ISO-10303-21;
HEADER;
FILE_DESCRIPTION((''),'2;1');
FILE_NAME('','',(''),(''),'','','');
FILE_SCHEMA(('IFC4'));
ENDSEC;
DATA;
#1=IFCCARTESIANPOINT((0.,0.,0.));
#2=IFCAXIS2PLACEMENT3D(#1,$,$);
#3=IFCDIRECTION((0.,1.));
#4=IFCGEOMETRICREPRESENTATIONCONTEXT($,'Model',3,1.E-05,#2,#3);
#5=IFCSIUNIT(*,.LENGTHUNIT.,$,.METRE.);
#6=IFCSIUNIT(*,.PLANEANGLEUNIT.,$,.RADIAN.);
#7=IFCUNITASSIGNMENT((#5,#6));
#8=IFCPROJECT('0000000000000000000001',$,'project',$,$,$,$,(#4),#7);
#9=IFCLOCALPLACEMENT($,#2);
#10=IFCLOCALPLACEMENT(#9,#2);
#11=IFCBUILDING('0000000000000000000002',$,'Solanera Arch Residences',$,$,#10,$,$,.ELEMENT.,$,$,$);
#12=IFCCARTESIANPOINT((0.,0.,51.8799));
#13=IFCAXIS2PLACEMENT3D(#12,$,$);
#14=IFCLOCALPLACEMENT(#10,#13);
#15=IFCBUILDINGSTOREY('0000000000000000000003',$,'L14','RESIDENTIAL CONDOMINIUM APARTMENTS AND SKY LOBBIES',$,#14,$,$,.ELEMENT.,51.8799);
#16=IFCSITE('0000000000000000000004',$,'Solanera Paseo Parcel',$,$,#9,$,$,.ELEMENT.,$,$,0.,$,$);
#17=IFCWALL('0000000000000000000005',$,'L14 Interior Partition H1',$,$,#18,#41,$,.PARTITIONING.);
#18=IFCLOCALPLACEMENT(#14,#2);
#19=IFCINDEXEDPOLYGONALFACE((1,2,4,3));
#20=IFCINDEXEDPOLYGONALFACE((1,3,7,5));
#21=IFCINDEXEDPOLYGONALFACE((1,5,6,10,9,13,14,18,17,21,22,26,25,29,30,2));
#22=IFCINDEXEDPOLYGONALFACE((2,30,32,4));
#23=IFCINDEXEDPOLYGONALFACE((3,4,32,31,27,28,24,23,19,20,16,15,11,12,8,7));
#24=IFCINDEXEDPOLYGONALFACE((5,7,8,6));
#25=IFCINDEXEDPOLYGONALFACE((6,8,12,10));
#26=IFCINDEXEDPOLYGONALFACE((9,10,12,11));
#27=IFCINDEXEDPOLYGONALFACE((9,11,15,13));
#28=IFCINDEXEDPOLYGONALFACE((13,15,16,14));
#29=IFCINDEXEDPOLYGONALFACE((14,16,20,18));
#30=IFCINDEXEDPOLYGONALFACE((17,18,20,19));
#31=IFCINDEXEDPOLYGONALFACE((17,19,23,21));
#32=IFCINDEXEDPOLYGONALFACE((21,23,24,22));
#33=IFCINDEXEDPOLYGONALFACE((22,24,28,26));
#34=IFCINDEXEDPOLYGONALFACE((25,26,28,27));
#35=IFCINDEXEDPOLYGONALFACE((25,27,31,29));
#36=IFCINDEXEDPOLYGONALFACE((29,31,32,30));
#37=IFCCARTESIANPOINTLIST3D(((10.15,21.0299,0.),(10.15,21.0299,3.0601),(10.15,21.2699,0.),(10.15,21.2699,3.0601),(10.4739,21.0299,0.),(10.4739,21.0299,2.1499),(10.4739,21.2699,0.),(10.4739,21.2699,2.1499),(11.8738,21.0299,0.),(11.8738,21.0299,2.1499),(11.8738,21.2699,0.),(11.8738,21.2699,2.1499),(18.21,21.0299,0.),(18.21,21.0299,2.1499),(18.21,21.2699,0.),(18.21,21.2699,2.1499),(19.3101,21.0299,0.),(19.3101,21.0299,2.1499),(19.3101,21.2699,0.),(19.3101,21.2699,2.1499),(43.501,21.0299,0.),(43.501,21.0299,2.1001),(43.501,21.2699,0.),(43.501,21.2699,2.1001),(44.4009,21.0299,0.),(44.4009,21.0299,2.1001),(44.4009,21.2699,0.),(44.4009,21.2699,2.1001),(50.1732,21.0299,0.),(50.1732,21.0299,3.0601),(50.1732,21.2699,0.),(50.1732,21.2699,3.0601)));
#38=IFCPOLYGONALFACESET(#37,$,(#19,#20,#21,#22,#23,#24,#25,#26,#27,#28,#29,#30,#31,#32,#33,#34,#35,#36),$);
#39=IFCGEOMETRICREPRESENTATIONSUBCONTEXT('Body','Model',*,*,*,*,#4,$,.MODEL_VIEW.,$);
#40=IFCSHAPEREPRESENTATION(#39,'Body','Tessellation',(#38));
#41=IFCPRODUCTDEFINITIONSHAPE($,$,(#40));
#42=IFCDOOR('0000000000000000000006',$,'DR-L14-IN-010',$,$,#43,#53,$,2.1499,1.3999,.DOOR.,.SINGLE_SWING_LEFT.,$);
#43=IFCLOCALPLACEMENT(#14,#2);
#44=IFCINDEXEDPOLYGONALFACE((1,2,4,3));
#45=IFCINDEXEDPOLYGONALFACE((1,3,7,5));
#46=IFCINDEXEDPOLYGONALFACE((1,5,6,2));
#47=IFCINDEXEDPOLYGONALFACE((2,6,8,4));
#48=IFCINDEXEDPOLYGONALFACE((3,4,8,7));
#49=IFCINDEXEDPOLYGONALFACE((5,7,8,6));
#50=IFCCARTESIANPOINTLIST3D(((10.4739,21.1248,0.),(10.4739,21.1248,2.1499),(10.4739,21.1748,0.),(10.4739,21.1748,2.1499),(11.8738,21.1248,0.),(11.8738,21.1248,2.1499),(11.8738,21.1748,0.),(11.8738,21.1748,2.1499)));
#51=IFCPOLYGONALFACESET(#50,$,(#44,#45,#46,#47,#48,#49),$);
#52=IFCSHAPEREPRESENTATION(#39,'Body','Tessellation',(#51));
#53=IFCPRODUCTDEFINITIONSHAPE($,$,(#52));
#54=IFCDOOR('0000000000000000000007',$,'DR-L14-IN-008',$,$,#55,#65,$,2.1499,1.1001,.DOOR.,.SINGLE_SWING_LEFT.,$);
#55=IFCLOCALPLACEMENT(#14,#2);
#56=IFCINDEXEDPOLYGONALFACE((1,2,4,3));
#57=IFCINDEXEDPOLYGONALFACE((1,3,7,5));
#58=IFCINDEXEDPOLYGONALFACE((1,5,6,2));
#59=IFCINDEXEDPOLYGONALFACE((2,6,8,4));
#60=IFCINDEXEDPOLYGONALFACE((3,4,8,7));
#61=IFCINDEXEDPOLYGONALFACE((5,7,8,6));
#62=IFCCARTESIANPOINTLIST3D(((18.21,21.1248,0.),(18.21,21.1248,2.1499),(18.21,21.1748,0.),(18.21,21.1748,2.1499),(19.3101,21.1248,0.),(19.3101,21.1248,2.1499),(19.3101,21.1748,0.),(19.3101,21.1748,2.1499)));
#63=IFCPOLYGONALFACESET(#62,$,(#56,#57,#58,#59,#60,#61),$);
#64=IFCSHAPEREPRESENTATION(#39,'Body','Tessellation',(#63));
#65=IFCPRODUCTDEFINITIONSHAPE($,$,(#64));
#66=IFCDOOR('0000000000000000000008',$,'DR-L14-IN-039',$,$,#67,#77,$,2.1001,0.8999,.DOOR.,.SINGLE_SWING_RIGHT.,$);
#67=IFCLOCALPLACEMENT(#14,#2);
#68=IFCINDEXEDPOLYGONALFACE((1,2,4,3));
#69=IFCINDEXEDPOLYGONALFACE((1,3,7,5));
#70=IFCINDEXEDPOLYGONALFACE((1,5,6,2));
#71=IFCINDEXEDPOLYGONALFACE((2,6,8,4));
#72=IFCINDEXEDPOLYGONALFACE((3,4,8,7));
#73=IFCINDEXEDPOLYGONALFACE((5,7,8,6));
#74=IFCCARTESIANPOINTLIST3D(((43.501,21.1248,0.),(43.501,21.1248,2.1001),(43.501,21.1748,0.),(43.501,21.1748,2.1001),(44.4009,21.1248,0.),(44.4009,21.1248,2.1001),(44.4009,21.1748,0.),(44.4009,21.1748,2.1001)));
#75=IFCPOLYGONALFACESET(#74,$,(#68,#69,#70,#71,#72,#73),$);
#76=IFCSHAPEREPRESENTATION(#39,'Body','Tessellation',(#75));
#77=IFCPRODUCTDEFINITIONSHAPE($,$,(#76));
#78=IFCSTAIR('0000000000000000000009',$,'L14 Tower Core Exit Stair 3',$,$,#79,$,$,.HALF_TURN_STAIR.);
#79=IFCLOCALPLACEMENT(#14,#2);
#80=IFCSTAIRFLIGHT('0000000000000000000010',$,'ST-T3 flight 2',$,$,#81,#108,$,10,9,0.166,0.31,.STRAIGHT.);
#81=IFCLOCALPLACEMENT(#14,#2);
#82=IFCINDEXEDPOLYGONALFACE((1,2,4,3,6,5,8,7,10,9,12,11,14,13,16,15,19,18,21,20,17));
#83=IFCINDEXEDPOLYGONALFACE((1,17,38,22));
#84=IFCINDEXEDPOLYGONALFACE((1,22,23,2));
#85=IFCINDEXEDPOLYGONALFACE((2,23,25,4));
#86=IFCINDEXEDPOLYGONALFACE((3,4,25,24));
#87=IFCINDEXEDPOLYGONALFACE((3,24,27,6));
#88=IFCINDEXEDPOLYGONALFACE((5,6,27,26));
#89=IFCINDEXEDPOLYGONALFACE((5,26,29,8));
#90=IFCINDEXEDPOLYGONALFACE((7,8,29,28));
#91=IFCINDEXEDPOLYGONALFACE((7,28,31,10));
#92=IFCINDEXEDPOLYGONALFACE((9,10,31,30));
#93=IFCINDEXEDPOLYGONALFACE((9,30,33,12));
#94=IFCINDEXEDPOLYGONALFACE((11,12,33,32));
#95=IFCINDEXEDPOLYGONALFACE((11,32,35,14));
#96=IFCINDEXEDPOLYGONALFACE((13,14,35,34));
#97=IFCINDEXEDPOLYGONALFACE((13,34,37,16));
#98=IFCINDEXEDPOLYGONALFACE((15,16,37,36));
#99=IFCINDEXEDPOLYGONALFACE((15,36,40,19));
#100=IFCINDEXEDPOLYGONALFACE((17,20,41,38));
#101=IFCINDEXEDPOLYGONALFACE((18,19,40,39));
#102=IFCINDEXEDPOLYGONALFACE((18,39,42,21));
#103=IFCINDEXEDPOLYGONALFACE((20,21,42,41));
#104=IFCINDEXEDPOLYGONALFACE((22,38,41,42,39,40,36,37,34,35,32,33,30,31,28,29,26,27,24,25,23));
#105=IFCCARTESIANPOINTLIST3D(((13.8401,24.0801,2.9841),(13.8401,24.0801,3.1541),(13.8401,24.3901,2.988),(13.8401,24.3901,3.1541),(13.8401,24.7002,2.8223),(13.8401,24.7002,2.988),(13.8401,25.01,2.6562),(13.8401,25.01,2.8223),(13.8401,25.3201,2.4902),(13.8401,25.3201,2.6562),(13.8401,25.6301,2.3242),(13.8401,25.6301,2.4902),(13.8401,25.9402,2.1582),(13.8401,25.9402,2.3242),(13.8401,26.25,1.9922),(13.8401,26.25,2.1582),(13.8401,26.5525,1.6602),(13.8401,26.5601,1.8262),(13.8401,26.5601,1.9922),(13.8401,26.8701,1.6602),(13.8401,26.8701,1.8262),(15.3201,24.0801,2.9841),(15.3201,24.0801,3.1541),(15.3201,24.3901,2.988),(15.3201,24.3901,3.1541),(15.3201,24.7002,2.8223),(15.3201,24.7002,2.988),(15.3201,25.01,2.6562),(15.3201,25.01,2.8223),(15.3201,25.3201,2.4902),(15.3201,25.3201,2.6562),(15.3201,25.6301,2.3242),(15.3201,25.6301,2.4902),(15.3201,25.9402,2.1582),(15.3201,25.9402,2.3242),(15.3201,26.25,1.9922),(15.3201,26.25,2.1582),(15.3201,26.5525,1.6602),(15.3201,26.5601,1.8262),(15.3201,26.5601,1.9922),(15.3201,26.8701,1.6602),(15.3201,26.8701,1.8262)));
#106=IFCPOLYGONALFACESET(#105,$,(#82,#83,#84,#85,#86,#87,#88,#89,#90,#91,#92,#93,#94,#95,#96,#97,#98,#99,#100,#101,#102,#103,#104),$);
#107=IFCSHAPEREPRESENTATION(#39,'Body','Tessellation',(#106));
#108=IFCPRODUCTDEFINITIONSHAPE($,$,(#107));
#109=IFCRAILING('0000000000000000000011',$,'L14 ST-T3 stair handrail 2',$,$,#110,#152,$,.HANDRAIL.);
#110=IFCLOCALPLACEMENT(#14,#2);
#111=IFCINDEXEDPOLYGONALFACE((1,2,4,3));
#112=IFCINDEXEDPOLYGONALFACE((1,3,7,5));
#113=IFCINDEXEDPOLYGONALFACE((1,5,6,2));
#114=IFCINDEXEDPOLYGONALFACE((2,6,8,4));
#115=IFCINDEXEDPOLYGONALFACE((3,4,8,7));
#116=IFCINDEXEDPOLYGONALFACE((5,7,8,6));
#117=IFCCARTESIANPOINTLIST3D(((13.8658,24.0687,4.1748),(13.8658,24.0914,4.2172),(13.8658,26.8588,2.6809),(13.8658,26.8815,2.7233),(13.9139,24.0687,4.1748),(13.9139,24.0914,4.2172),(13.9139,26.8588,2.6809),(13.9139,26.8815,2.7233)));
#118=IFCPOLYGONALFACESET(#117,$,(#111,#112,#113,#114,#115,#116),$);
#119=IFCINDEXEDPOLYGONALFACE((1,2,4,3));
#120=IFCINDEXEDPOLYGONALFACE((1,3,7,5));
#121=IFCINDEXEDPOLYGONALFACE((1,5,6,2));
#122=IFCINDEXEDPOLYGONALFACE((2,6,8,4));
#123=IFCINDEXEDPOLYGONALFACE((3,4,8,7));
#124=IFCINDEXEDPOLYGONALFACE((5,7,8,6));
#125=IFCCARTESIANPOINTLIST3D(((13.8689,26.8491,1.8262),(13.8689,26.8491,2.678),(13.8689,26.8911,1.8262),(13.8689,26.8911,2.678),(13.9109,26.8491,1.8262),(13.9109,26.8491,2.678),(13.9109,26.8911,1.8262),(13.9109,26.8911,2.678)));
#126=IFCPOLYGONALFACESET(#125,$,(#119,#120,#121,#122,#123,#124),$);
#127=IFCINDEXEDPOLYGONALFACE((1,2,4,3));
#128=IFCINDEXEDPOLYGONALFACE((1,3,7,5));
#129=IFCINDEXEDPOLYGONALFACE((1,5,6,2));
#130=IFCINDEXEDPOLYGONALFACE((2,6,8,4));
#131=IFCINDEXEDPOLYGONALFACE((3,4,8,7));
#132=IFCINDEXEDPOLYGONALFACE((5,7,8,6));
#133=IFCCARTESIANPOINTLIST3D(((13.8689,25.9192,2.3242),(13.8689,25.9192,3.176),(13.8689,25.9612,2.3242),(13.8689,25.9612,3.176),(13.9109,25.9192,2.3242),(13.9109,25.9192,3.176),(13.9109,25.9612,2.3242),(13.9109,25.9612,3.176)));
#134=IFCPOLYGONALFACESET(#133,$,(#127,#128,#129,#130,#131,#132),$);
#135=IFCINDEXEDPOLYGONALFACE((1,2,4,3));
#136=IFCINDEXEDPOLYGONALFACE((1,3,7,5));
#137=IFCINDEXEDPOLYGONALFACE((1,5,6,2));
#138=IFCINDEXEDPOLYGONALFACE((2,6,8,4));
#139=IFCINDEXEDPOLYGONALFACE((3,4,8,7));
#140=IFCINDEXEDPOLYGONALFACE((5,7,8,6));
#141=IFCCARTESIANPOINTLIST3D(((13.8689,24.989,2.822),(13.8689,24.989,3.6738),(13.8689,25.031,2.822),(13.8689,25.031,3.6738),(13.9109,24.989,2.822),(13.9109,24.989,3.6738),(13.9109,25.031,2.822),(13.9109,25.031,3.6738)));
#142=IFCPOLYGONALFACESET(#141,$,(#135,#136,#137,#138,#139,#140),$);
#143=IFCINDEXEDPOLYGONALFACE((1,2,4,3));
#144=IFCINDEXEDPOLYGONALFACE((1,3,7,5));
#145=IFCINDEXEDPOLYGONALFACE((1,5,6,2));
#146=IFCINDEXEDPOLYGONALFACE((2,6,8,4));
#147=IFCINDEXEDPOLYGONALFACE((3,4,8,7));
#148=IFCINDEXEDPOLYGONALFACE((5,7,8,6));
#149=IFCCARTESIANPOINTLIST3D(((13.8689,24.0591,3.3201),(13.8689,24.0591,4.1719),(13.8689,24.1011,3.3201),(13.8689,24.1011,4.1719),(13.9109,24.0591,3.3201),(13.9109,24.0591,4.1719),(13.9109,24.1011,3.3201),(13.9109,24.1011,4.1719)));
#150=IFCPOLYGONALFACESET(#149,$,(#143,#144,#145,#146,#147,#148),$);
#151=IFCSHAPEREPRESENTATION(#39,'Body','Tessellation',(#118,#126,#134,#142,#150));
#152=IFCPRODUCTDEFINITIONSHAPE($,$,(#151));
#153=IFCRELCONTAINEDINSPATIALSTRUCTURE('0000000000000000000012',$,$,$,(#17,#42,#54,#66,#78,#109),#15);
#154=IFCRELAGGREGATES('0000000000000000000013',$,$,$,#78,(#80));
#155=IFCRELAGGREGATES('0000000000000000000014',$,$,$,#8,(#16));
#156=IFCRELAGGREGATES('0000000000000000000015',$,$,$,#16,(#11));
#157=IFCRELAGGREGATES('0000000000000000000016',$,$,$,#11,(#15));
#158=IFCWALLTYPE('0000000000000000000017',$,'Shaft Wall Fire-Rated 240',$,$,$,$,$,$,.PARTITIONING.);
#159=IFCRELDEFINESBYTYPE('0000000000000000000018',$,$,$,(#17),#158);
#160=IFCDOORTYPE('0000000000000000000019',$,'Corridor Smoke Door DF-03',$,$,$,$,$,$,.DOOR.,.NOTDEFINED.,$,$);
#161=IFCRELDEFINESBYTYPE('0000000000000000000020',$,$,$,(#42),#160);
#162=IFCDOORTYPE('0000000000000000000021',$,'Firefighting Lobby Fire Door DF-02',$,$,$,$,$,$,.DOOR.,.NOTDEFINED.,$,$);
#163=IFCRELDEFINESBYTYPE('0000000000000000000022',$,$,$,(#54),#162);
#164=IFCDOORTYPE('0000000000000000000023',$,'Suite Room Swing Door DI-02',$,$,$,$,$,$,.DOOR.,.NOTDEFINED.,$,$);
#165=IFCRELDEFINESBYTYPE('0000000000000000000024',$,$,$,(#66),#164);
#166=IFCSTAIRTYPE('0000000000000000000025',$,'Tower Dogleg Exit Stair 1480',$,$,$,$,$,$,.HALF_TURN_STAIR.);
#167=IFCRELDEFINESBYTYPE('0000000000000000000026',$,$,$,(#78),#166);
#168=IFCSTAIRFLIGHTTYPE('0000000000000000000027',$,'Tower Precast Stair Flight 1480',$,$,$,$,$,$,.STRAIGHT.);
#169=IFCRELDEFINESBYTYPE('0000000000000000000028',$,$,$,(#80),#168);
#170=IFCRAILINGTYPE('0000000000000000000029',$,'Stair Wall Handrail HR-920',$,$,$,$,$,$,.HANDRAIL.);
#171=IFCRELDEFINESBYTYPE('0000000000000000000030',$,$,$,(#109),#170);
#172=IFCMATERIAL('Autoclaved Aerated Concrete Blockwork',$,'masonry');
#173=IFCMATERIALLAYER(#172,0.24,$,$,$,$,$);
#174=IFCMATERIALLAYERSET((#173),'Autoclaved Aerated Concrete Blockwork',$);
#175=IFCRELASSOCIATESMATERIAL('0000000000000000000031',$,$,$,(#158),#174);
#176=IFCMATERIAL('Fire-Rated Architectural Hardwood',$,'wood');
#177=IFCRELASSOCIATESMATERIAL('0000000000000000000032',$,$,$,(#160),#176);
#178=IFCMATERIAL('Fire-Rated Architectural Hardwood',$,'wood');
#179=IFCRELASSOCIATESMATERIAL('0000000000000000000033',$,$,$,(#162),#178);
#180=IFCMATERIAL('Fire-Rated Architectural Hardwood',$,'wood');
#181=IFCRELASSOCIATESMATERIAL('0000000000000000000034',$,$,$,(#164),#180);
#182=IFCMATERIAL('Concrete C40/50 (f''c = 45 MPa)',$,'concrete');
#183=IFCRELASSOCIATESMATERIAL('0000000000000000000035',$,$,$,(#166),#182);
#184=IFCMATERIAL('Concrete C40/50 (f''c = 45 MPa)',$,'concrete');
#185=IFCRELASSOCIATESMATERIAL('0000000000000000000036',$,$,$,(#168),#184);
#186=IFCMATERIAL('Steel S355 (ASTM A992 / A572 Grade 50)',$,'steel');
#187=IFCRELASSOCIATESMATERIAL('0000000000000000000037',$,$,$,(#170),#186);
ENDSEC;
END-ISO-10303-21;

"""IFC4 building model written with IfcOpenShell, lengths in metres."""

from ifc_helpers import new_model, si_unit, direction, frame, frame_2d, origin, origin_2d, place, context, subcontext, project, spatial, polyline, rectangle, outline, extrude, material, layer, layer_set, type_object, element, fill, aggregate, save


model = new_model("IFC4")

# Units and contexts
model_context = context("Model", 3, precision=1e-05, world=origin(), true_north=direction((0.0, 1.0)))
body_context = subcontext(model_context, "Body", "Model", "MODEL_VIEW")
ifc_project = project(units=[si_unit("LENGTHUNIT", "METRE"), si_unit("PLANEANGLEUNIT", "RADIAN")], contexts=[model_context])

# Site, building, storey
site_placement = place(None, origin())
site = spatial("IfcSite", under=ifc_project, at=site_placement, Name="Solanera Paseo Parcel", CompositionType="ELEMENT", RefElevation=0.0)
building_placement = place(site_placement, origin())
building = spatial("IfcBuilding", under=site, at=building_placement, Name="Solanera Arch Residences", CompositionType="ELEMENT")
storey_placement = place(building_placement, frame((0.0, 0.0, 51.8799)))
storey = spatial("IfcBuildingStorey", under=building, at=storey_placement, Name="L14", Description="RESIDENTIAL CONDOMINIUM APARTMENTS AND SKY LOBBIES", CompositionType="ELEMENT", Elevation=51.8799)

# Wall, openings, doors
ifc_material_1 = material(Name="Autoclaved Aerated Concrete Blockwork", Category="masonry")
ifc_layer_1 = layer(ifc_material_1, 0.24)
ifc_layer_set_1 = layer_set([ifc_layer_1], Name="Autoclaved Aerated Concrete Blockwork")
wall_type_1 = type_object("IfcWallType", Name="Shaft Wall Fire-Rated 240", PredefinedType="PARTITIONING", material=ifc_layer_set_1)
wall_1_placement = place(storey_placement, frame((10.1499, 21.1499, 0.0), z_axis=(0.0, 0.0, 1.0), x_axis=(1.0, 0.0, 0.0)))
wall_1 = element("IfcWall", 1, at=wall_1_placement, inside=storey, type_object=wall_type_1, Name="L14 Interior Partition H1", PredefinedType="PARTITIONING", context=body_context, shape_type="SweptSolid", body=[
    extrude(rectangle(XDim=40.0232, YDim=0.24, at=frame_2d((20.0117, 0.0))), origin(), (0.0, 0.0, 1.0), 3.0601),
])
opening_1_placement = place(wall_1_placement, frame((8.0601, 0.0, 0.0)))
opening_1 = element("IfcOpeningElement", 2, at=opening_1_placement, cuts=wall_1, PredefinedType="OPENING", context=body_context, shape_type="SweptSolid", body=[
    extrude(rectangle(XDim=1.1001, YDim=2.1499, at=frame_2d((0.55, 1.075))), frame((0.0, 0.1299, 0.0), z_axis=(0.0, -1.0, 0.0), x_axis=(1.0, 0.0, 0.0)), (0.0, 0.0, 1.0), 0.26),
])
opening_2_placement = place(wall_1_placement, frame((0.324, 0.0, 0.0)))
opening_2 = element("IfcOpeningElement", 3, at=opening_2_placement, cuts=wall_1, PredefinedType="OPENING", context=body_context, shape_type="SweptSolid", body=[
    extrude(rectangle(XDim=1.3999, YDim=2.1499, at=frame_2d((0.7, 1.075))), frame((0.0, 0.1299, 0.0), z_axis=(0.0, -1.0, 0.0), x_axis=(1.0, 0.0, 0.0)), (0.0, 0.0, 1.0), 0.26),
])
opening_3_placement = place(wall_1_placement, frame((33.3511, 0.0, 0.0)))
opening_3 = element("IfcOpeningElement", 4, at=opening_3_placement, cuts=wall_1, PredefinedType="OPENING", context=body_context, shape_type="SweptSolid", body=[
    extrude(rectangle(XDim=0.8999, YDim=2.1001, at=frame_2d((0.45, 1.05))), frame((0.0, 0.1299, 0.0), z_axis=(0.0, -1.0, 0.0), x_axis=(1.0, 0.0, 0.0)), (0.0, 0.0, 1.0), 0.26),
])
ifc_material_2 = material(Name="Fire-Rated Architectural Hardwood", Category="wood")
door_type_1 = type_object("IfcDoorType", Name="Corridor Smoke Door DF-03", OperationType="NOTDEFINED", PredefinedType="DOOR", material=ifc_material_2)
door_1_placement = place(opening_2_placement, origin())
door_1 = element("IfcDoor", 5, at=door_1_placement, inside=storey, type_object=door_type_1, Name="DR-L14-IN-010", OperationType="SINGLE_SWING_LEFT", OverallHeight=2.1499, OverallWidth=1.3999, PredefinedType="DOOR", context=body_context, shape_type="SweptSolid", body=[
    extrude(rectangle(XDim=1.3999, YDim=2.1499, at=frame_2d((0.7, 1.075))), frame((0.0, 0.0249, 0.0), z_axis=(0.0, -1.0, 0.0), x_axis=(1.0, 0.0, 0.0)), (0.0, 0.0, 1.0), 0.05),
])
fill(opening_2, door_1)
ifc_material_3 = material(Name="Fire-Rated Architectural Hardwood", Category="wood")
door_type_2 = type_object("IfcDoorType", Name="Firefighting Lobby Fire Door DF-02", OperationType="NOTDEFINED", PredefinedType="DOOR", material=ifc_material_3)
door_2_placement = place(opening_1_placement, origin())
door_2 = element("IfcDoor", 6, at=door_2_placement, inside=storey, type_object=door_type_2, Name="DR-L14-IN-008", OperationType="SINGLE_SWING_LEFT", OverallHeight=2.1499, OverallWidth=1.1001, PredefinedType="DOOR", context=body_context, shape_type="SweptSolid", body=[
    extrude(rectangle(XDim=1.1001, YDim=2.1499, at=frame_2d((0.55, 1.075))), frame((0.0, 0.0249, 0.0), z_axis=(0.0, -1.0, 0.0), x_axis=(1.0, 0.0, 0.0)), (0.0, 0.0, 1.0), 0.05),
])
fill(opening_1, door_2)
ifc_material_4 = material(Name="Fire-Rated Architectural Hardwood", Category="wood")
door_type_3 = type_object("IfcDoorType", Name="Suite Room Swing Door DI-02", OperationType="NOTDEFINED", PredefinedType="DOOR", material=ifc_material_4)
door_3_placement = place(opening_3_placement, origin())
door_3 = element("IfcDoor", 7, at=door_3_placement, inside=storey, type_object=door_type_3, Name="DR-L14-IN-039", OperationType="SINGLE_SWING_RIGHT", OverallHeight=2.1001, OverallWidth=0.8999, PredefinedType="DOOR", context=body_context, shape_type="SweptSolid", body=[
    extrude(rectangle(XDim=0.8999, YDim=2.1001, at=frame_2d((0.45, 1.05))), frame((0.0, 0.0249, 0.0), z_axis=(0.0, -1.0, 0.0), x_axis=(1.0, 0.0, 0.0)), (0.0, 0.0, 1.0), 0.05),
])
fill(opening_3, door_3)

# Stair, stair flight
ifc_material_5 = material(Name="Concrete C40/50 (f'c = 45 MPa)", Category="concrete")
stair_type = type_object("IfcStairType", Name="Tower Dogleg Exit Stair 1480", PredefinedType="HALF_TURN_STAIR", material=ifc_material_5)
stair_placement = place(storey_placement, origin())
stair = element("IfcStair", 8, at=stair_placement, inside=storey, type_object=stair_type, Name="L14 Tower Core Exit Stair 3", PredefinedType="HALF_TURN_STAIR")
ifc_material_6 = material(Name="Concrete C40/50 (f'c = 45 MPa)", Category="concrete")
stair_flight_type = type_object("IfcStairFlightType", Name="Tower Precast Stair Flight 1480", PredefinedType="STRAIGHT", material=ifc_material_6)
stair_flight_placement = place(storey_placement, frame((14.5801, 26.8701, 1.6602), z_axis=(0.0, 0.0, 1.0), x_axis=(0.0, -1.0, 0.0)))
stair_flight = element("IfcStairFlight", 9, at=stair_flight_placement, type_object=stair_flight_type, Name="ST-T3 flight 2", NumberOfRisers=10, NumberOfTreads=9, PredefinedType="STRAIGHT", RiserHeight=0.166, TreadLength=0.31, context=body_context, shape_type="SweptSolid", body=[
    extrude(outline(polyline([(0.0, 0.0), (0.0, 0.166), (0.3101, 0.166), (0.3101, 0.332), (0.6201, 0.332), (0.6201, 0.498), (0.9299, 0.498), (0.9299, 0.6641), (1.24, 0.6641), (1.24, 0.8301), (1.55, 0.8301), (1.55, 0.9961), (1.8601, 0.9961), (1.8601, 1.1621), (2.1699, 1.1621), (2.1699, 1.3279), (2.48, 1.3279), (2.48, 1.4939), (2.79, 1.4939), (2.79, 1.6599), (2.79, 1.324), (0.3176, 0.0), (0.0, 0.0)])), frame((0.0, 0.74, 0.0), z_axis=(0.0, -1.0, 0.0), x_axis=(1.0, 0.0, 0.0)), (0.0, 0.0, 1.0), 1.48),
])
aggregate(stair, [stair_flight])

# Railing
ifc_material_7 = material(Name="Steel S355 (ASTM A992 / A572 Grade 50)", Category="steel")
railing_type = type_object("IfcRailingType", Name="Stair Wall Handrail HR-920", PredefinedType="HANDRAIL", material=ifc_material_7)
railing_placement = place(storey_placement, frame((13.8899, 26.8701, 1.8262)))
element("IfcRailing", 10, at=railing_placement, inside=storey, type_object=railing_type, Name="L14 ST-T3 stair handrail 2", PredefinedType="HANDRAIL", context=body_context, shape_type="SweptSolid", body=[
    extrude(rectangle(XDim=0.0481, YDim=0.0481, at=origin_2d()), frame((0.0, 0.0, 0.876), z_axis=(0.0, -0.881581, 0.472033), x_axis=(1.0, 0.0, 0.0)), (0.0, 0.0, 1.0), 3.1648),
    extrude(rectangle(XDim=0.042, YDim=0.042, at=origin_2d()), origin(), (0.0, 0.0, 1.0), 0.8518),
    extrude(rectangle(XDim=0.042, YDim=0.042, at=origin_2d()), frame((0.0, -0.9299, 0.498)), (0.0, 0.0, 1.0), 0.8518),
    extrude(rectangle(XDim=0.042, YDim=0.042, at=origin_2d()), frame((0.0, -1.8601, 0.9958)), (0.0, 0.0, 1.0), 0.8518),
    extrude(rectangle(XDim=0.042, YDim=0.042, at=origin_2d()), frame((0.0, -2.79, 1.4939)), (0.0, 0.0, 1.0), 0.8518),
])

save(model, "model.ifc")
